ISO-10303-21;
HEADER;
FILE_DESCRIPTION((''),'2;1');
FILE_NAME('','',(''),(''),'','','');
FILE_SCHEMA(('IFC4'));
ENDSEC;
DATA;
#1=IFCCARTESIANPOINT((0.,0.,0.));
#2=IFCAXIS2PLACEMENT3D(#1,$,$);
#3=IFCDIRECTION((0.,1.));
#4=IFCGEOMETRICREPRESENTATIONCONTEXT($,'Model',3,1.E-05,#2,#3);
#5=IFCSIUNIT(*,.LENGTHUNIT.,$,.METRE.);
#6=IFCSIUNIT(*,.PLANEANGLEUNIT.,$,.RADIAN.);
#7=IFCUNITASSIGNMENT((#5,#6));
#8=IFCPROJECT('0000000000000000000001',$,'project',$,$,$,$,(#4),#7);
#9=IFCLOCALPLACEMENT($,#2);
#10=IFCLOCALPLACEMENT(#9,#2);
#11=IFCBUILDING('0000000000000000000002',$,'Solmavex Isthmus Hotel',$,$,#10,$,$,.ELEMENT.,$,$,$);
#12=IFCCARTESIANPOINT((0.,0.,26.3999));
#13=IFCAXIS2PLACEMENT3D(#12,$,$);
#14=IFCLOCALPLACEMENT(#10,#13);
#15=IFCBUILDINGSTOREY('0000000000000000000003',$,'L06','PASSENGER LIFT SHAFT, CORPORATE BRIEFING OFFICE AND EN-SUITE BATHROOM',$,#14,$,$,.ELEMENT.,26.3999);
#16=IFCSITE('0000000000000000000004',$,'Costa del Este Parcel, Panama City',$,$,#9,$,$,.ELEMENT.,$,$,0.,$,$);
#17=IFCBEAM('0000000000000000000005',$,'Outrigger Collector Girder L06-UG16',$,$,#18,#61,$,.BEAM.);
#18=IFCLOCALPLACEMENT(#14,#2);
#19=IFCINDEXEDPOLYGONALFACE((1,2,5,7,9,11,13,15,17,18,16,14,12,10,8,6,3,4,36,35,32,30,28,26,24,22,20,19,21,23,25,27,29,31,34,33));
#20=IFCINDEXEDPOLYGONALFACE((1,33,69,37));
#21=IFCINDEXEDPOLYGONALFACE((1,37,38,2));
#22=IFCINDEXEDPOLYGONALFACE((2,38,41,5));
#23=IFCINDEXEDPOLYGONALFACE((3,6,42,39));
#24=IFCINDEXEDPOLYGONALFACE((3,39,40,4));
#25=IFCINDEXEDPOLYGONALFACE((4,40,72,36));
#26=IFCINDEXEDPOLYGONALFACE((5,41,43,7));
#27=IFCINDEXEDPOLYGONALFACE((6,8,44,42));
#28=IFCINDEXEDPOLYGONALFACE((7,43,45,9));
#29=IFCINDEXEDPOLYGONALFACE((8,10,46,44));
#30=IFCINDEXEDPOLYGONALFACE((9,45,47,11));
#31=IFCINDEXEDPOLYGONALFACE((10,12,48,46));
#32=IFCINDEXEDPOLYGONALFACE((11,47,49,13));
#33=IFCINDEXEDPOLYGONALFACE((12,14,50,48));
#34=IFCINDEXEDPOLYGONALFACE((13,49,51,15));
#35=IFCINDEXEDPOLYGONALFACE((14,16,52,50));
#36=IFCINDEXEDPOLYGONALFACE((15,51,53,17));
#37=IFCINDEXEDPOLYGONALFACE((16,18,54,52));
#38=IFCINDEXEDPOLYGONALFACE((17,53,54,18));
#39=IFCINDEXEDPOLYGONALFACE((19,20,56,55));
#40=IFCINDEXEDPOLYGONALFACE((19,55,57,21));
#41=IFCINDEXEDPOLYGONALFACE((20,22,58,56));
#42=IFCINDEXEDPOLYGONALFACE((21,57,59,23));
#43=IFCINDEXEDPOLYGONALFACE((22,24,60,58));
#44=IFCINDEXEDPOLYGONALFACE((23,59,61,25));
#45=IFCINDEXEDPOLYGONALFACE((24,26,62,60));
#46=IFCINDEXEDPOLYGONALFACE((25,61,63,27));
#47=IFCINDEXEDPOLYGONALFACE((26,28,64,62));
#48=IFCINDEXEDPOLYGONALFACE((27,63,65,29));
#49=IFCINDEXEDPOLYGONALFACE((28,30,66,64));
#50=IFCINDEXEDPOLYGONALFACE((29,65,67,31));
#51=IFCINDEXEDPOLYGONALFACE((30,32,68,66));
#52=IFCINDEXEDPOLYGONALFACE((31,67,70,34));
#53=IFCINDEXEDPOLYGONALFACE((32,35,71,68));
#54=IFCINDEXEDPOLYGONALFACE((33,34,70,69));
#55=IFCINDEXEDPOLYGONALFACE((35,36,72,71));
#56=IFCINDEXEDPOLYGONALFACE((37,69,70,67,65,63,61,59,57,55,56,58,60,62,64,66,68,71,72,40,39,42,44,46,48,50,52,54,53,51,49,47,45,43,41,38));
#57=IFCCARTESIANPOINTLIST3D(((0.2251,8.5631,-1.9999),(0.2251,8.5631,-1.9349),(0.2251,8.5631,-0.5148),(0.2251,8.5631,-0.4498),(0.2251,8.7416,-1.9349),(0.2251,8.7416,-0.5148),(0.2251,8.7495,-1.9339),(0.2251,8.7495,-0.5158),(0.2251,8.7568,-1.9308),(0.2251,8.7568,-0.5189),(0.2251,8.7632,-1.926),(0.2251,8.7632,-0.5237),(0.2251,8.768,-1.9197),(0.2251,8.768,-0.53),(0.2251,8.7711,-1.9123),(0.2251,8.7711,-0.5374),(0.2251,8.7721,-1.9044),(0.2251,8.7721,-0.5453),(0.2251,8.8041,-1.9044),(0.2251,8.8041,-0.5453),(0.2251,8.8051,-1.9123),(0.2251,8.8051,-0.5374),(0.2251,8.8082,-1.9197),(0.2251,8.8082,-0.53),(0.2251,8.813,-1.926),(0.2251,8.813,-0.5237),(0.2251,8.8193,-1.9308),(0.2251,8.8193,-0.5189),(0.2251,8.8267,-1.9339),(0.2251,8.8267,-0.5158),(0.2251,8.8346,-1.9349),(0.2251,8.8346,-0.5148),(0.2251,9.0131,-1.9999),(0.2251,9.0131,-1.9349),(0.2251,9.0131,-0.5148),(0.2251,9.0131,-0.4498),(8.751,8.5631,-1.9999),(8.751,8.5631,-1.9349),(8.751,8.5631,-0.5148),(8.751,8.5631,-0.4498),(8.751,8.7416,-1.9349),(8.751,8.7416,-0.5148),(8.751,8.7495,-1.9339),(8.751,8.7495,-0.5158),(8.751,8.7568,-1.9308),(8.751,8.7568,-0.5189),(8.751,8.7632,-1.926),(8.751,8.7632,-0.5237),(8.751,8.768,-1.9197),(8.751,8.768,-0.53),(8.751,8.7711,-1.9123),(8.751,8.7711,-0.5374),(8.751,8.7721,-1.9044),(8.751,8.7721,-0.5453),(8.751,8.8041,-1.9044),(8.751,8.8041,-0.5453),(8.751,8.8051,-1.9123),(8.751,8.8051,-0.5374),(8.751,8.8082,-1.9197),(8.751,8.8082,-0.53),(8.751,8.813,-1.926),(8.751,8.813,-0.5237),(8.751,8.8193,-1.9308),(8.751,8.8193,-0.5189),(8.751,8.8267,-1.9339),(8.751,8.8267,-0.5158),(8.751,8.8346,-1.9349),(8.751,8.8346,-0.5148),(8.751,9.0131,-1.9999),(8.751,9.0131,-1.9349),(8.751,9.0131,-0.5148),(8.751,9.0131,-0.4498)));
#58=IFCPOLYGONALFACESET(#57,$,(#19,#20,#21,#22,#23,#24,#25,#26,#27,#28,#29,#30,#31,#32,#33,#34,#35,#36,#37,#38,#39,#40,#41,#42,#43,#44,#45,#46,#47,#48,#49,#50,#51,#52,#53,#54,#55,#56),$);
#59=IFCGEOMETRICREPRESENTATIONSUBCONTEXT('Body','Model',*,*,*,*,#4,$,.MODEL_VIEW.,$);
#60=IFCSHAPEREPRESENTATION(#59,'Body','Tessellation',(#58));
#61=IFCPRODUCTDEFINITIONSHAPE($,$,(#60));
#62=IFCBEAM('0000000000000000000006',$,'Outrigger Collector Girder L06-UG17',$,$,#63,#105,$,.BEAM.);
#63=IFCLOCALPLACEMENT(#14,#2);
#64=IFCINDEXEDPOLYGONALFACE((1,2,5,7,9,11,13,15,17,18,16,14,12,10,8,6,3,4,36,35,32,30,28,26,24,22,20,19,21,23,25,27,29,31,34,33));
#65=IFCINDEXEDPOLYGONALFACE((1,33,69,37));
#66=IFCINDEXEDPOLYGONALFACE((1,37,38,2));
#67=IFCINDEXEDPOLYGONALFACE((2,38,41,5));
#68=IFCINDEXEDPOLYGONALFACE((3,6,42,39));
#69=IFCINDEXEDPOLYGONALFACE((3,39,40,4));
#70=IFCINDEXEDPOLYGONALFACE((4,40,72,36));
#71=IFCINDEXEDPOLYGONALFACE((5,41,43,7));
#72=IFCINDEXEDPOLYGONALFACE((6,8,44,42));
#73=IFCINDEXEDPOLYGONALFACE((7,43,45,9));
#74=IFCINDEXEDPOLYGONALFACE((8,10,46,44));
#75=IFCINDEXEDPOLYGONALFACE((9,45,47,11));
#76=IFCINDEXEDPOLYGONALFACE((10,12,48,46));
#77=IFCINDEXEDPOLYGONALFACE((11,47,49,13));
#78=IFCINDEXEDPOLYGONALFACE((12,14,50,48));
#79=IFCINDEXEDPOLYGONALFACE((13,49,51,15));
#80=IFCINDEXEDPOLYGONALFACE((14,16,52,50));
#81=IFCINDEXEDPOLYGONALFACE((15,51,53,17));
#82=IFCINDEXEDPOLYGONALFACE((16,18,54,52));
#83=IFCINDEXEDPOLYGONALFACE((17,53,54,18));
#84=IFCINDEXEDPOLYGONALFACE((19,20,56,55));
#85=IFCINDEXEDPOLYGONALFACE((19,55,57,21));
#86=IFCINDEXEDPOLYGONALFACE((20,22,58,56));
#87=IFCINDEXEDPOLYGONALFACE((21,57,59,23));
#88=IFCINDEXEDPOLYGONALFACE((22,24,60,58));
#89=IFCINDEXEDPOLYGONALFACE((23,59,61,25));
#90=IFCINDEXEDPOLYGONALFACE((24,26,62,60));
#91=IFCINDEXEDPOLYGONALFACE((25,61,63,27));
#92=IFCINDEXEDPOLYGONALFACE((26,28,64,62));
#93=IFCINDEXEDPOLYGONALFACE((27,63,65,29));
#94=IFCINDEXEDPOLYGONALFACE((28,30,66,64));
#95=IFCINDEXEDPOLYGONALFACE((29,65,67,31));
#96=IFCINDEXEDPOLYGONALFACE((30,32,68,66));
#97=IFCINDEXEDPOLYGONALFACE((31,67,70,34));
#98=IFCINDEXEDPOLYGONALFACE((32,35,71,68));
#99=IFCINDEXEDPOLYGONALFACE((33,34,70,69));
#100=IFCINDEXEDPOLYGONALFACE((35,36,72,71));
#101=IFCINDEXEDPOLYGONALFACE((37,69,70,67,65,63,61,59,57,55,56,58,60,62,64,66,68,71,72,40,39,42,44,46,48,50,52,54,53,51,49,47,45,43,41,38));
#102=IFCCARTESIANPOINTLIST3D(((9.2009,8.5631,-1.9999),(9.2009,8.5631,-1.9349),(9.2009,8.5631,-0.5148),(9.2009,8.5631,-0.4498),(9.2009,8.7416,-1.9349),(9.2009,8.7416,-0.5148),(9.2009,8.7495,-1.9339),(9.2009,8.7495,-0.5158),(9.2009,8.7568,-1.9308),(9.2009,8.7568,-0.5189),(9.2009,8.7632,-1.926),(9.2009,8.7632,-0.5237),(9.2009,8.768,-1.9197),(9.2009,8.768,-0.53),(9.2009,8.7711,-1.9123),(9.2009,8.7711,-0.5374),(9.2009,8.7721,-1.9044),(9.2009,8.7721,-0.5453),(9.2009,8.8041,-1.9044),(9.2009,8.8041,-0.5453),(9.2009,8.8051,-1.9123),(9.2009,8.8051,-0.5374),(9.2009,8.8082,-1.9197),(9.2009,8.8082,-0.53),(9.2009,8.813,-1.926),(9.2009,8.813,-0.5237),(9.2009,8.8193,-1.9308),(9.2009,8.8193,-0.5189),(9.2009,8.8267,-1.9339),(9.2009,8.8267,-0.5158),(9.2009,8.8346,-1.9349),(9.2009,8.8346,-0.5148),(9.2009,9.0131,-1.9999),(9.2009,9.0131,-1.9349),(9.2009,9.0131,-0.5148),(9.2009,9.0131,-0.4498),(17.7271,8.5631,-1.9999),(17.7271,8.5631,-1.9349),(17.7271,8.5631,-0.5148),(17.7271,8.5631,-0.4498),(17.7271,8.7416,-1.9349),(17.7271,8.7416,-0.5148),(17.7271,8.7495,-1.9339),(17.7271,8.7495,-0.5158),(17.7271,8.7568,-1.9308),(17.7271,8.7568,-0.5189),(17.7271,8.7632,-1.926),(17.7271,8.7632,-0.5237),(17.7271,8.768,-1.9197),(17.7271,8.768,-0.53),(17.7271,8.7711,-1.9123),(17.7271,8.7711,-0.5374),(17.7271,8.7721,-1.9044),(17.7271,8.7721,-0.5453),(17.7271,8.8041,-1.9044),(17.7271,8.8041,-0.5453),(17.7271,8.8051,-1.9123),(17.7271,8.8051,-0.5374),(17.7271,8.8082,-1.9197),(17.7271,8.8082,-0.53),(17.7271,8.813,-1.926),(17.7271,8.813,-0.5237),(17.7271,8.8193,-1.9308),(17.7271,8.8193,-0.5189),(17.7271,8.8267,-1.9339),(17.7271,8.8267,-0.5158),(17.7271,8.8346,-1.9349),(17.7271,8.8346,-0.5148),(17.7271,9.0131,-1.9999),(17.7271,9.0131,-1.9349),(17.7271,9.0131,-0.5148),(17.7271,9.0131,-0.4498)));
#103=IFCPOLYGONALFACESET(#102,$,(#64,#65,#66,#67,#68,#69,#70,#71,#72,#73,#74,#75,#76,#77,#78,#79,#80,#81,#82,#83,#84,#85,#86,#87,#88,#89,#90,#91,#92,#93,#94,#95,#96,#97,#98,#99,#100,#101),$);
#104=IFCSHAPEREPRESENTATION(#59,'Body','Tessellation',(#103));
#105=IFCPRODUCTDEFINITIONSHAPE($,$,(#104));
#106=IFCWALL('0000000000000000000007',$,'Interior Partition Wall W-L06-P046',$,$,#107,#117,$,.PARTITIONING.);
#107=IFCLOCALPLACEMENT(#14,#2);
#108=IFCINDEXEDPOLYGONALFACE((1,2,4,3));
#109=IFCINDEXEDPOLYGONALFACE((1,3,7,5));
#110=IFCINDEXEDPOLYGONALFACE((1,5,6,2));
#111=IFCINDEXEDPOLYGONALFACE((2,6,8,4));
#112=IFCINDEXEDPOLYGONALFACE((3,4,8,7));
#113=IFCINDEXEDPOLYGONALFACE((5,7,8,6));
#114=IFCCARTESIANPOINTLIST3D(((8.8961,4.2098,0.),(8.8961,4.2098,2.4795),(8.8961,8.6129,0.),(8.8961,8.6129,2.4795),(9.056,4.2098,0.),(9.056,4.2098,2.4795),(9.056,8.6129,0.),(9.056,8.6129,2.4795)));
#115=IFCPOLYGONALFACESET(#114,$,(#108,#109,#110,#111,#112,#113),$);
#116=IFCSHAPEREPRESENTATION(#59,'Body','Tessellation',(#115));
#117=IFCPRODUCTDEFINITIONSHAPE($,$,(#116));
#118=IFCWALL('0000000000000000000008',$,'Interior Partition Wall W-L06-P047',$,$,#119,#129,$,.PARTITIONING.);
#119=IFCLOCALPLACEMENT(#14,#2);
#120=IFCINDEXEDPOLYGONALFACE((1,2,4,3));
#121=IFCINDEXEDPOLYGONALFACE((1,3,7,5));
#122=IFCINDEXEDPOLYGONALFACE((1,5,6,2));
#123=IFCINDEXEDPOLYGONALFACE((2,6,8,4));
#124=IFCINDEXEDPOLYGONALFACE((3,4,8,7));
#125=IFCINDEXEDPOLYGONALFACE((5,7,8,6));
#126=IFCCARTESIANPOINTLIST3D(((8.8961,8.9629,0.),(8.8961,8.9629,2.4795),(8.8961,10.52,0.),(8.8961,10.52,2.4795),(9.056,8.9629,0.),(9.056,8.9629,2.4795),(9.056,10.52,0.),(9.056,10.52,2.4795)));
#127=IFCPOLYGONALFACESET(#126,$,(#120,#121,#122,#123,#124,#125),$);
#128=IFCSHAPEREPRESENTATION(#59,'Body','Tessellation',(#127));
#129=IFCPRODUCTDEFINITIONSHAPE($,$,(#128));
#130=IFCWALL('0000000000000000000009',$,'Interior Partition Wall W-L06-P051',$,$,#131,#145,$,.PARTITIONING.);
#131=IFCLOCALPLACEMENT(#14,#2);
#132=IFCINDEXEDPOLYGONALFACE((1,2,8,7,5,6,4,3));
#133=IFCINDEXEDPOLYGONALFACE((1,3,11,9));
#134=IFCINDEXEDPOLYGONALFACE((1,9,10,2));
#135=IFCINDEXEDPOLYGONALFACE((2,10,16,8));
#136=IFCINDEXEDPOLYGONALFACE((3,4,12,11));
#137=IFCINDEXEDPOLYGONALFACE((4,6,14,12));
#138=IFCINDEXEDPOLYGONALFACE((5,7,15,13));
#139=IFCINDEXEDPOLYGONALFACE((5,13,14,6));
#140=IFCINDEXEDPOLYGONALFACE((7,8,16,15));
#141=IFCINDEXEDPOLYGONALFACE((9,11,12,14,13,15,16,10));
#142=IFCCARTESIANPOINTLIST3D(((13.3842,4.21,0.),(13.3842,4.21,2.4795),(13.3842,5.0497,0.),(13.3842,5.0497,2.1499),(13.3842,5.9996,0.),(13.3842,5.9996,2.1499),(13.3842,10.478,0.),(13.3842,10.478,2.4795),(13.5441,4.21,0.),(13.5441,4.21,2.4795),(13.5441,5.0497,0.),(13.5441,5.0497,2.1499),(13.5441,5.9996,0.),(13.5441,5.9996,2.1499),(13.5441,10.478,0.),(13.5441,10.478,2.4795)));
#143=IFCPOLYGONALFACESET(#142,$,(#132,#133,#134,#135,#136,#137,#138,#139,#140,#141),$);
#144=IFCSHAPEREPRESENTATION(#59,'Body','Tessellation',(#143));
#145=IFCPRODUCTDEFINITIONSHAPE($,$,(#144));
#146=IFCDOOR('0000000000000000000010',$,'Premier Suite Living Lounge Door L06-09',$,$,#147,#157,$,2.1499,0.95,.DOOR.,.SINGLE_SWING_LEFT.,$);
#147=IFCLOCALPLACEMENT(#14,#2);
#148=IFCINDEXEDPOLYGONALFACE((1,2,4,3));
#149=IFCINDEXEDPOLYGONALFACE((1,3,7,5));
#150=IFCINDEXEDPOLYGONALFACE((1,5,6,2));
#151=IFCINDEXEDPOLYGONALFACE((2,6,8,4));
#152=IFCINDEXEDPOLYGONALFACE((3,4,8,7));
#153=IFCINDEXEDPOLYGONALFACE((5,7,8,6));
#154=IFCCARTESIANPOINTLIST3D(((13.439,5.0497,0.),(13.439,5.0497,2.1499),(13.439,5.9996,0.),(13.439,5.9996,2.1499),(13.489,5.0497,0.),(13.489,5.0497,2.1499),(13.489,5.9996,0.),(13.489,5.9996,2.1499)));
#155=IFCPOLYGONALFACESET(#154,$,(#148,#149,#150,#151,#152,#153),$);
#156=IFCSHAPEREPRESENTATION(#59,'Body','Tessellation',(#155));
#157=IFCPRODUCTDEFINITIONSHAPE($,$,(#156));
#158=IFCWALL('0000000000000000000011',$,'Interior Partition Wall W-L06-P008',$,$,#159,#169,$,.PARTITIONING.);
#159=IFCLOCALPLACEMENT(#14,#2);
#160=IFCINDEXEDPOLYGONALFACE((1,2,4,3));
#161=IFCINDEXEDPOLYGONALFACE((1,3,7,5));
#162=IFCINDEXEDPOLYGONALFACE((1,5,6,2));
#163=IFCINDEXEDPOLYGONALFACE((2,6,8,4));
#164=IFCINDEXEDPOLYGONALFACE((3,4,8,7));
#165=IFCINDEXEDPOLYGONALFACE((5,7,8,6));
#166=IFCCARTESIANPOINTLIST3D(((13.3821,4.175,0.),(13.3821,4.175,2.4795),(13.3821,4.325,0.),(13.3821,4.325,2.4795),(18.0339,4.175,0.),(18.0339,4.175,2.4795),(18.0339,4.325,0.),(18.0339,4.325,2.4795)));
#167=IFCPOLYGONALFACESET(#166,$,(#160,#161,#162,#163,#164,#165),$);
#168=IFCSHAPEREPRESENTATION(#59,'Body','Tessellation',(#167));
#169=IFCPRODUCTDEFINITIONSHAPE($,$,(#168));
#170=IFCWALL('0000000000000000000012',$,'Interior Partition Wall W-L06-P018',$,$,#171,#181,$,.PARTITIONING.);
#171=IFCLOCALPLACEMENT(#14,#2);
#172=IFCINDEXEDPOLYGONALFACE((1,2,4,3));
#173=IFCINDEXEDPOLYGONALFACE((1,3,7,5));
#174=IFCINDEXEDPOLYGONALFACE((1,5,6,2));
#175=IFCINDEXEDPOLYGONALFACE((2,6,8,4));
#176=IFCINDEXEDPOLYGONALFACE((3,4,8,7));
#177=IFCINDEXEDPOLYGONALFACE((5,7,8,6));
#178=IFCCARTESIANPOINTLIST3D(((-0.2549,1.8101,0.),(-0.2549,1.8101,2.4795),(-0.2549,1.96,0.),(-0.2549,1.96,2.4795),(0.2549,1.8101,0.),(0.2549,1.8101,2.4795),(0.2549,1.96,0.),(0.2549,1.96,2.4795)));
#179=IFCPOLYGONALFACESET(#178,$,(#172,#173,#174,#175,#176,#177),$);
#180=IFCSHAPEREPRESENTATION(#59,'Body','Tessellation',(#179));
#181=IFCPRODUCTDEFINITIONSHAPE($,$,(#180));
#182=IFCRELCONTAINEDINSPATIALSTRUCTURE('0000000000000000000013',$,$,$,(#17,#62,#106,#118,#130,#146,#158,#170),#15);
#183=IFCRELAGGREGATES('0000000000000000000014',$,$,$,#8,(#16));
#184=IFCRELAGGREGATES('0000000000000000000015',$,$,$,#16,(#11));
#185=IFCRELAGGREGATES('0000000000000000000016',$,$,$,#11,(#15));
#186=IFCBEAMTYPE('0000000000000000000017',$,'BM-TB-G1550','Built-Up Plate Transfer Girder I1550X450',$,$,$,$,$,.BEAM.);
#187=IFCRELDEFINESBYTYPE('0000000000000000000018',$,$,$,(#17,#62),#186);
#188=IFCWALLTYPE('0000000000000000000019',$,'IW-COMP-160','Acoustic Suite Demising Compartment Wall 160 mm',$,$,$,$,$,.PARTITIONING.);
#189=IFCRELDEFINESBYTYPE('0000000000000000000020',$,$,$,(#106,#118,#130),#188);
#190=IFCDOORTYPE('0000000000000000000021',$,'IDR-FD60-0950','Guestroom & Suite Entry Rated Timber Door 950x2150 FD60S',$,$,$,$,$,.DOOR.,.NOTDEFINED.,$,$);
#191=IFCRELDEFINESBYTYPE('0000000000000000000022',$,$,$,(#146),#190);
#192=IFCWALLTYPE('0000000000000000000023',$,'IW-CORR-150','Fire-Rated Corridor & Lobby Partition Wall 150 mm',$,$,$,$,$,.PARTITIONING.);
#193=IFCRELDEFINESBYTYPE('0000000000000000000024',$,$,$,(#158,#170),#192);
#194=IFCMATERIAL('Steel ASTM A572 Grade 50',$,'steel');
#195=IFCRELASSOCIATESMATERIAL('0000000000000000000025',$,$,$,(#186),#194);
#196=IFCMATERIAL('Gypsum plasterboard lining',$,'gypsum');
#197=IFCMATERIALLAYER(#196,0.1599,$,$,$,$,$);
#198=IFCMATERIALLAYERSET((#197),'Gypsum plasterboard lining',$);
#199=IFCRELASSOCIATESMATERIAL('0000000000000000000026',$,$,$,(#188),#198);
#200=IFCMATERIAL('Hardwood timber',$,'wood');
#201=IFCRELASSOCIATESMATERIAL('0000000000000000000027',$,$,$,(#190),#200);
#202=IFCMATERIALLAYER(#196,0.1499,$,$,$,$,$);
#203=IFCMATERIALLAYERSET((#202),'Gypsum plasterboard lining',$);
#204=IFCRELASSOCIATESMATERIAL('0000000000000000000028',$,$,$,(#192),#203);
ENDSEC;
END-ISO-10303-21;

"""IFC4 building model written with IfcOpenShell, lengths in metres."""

from ifc_helpers import new_model, si_unit, direction, frame, frame_2d, origin, origin_2d, place, context, subcontext, project, spatial, rectangle, i_section, extrude, material, layer, layer_set, material_profile, profile_set, type_object, element, fill, save


model = new_model("IFC4")

# Units and contexts
model_context = context("Model", 3, precision=1e-05, world=origin(), true_north=direction((0.0, 1.0)))
body_context = subcontext(model_context, "Body", "Model", "MODEL_VIEW")
ifc_project = project(units=[si_unit("LENGTHUNIT", "METRE"), si_unit("PLANEANGLEUNIT", "RADIAN")], contexts=[model_context])

# Site, building, storey
site_placement = place(None, origin())
site = spatial("IfcSite", under=ifc_project, at=site_placement, Name="Costa del Este Parcel, Panama City", CompositionType="ELEMENT", RefElevation=0.0)
building_placement = place(site_placement, origin())
building = spatial("IfcBuilding", under=site, at=building_placement, Name="Solmavex Isthmus Hotel", CompositionType="ELEMENT")
storey_placement = place(building_placement, frame((0.0, 0.0, 26.3999)))
storey = spatial("IfcBuildingStorey", under=building, at=storey_placement, Name="L06", Description="PASSENGER LIFT SHAFT, CORPORATE BRIEFING OFFICE AND EN-SUITE BATHROOM", CompositionType="ELEMENT", Elevation=26.3999)

# Beams
ifc_material_1 = material(Name="Steel ASTM A572 Grade 50", Category="steel")
ifc_material_profile_1 = material_profile(ifc_material_1, i_section(OverallWidth=0.45, OverallDepth=1.55, WebThickness=0.032, FlangeThickness=0.0649, FilletRadius=0.0305, at=origin_2d()), Name="I1550X450")
ifc_profile_set_1 = profile_set([ifc_material_profile_1], Name="Steel ASTM A572 Grade 50")
beam_type_1 = type_object("IfcBeamType", Name="BM-TB-G1550", Description="Built-Up Plate Transfer Girder I1550X450", PredefinedType="BEAM", material=ifc_profile_set_1)
beam_1_placement = place(storey_placement, frame((0.2251, 8.7881, -1.2249), z_axis=(1.0, 0.0, 0.0), x_axis=(0.0, 1.0, 0.0)))
element("IfcBeam", 1, at=beam_1_placement, inside=storey, type_object=beam_type_1, Name="Outrigger Collector Girder L06-UG16", PredefinedType="BEAM", context=body_context, shape_type="SweptSolid", body=[
    extrude(i_section(OverallWidth=0.45, OverallDepth=1.55, WebThickness=0.032, FlangeThickness=0.0649, FilletRadius=0.0305, at=origin_2d()), origin(), (0.0, 0.0, 1.0), 8.5259),
])
beam_2_placement = place(storey_placement, frame((9.2009, 8.7881, -1.2249), z_axis=(1.0, 0.0, 0.0), x_axis=(0.0, 1.0, 0.0)))
element("IfcBeam", 2, at=beam_2_placement, inside=storey, type_object=beam_type_1, Name="Outrigger Collector Girder L06-UG17", PredefinedType="BEAM", context=body_context, shape_type="SweptSolid", body=[
    extrude(i_section(OverallWidth=0.45, OverallDepth=1.55, WebThickness=0.032, FlangeThickness=0.0649, FilletRadius=0.0305, at=origin_2d()), origin(), (0.0, 0.0, 1.0), 8.5261),
])

# Walls
ifc_material_2 = material(Name="Gypsum plasterboard lining", Category="gypsum")
ifc_layer_1 = layer(ifc_material_2, 0.1599)
ifc_layer_set_1 = layer_set([ifc_layer_1], Name="Gypsum plasterboard lining")
wall_type_1 = type_object("IfcWallType", Name="IW-COMP-160", Description="Acoustic Suite Demising Compartment Wall 160 mm", PredefinedType="PARTITIONING", material=ifc_layer_set_1)
wall_1_placement = place(storey_placement, frame((8.9761, 8.613, 0.0), z_axis=(0.0, 0.0, 1.0), x_axis=(0.0, -1.0, 0.0)))
element("IfcWall", 3, at=wall_1_placement, inside=storey, type_object=wall_type_1, Name="Interior Partition Wall W-L06-P046", PredefinedType="PARTITIONING", context=body_context, shape_type="SweptSolid", body=[
    extrude(rectangle(XDim=4.4031, YDim=0.1599, at=frame_2d((2.2017, 0.0))), origin(), (0.0, 0.0, 1.0), 2.4795),
])
wall_2_placement = place(storey_placement, frame((8.9761, 10.52, 0.0), z_axis=(0.0, 0.0, 1.0), x_axis=(0.0, -1.0, 0.0)))
element("IfcWall", 4, at=wall_2_placement, inside=storey, type_object=wall_type_1, Name="Interior Partition Wall W-L06-P047", PredefinedType="PARTITIONING", context=body_context, shape_type="SweptSolid", body=[
    extrude(rectangle(XDim=1.5571, YDim=0.1599, at=frame_2d((0.7786, 0.0))), origin(), (0.0, 0.0, 1.0), 2.4795),
])

# Wall, opening, door
ifc_material_3 = material(Name="Hardwood timber", Category="wood")
door_type = type_object("IfcDoorType", Name="IDR-FD60-0950", Description="Guestroom & Suite Entry Rated Timber Door 950x2150 FD60S", OperationType="NOTDEFINED", PredefinedType="DOOR", material=ifc_material_3)
wall_3_placement = place(storey_placement, frame((13.4641, 10.478, 0.0), z_axis=(0.0, 0.0, 1.0), x_axis=(0.0, -1.0, 0.0)))
wall_3 = element("IfcWall", 5, at=wall_3_placement, inside=storey, type_object=wall_type_1, Name="Interior Partition Wall W-L06-P051", PredefinedType="PARTITIONING", context=body_context, shape_type="SweptSolid", body=[
    extrude(rectangle(XDim=6.2681, YDim=0.1599, at=frame_2d((3.134, 0.0))), origin(), (0.0, 0.0, 1.0), 2.4795),
])
opening_1_placement = place(wall_3_placement, frame((4.4783, 0.0, 0.0)))
opening_1 = element("IfcOpeningElement", 6, at=opening_1_placement, cuts=wall_3, PredefinedType="OPENING", context=body_context, shape_type="SweptSolid", body=[
    extrude(rectangle(XDim=0.95, YDim=2.1499, at=frame_2d((0.4751, 1.075))), frame((0.0, 0.0898, 0.0), z_axis=(0.0, -1.0, 0.0), x_axis=(1.0, 0.0, 0.0)), (0.0, 0.0, 1.0), 0.1799),
])
door_1_placement = place(opening_1_placement, origin())
door_1 = element("IfcDoor", 7, at=door_1_placement, inside=storey, type_object=door_type, Name="Premier Suite Living Lounge Door L06-09", OperationType="SINGLE_SWING_LEFT", OverallHeight=2.1499, OverallWidth=0.95, PredefinedType="DOOR", context=body_context, shape_type="SweptSolid", body=[
    extrude(rectangle(XDim=0.95, YDim=2.1499, at=frame_2d((0.4751, 1.075))), frame((0.0, 0.0249, 0.0), z_axis=(0.0, -1.0, 0.0), x_axis=(1.0, 0.0, 0.0)), (0.0, 0.0, 1.0), 0.05),
])
fill(opening_1, door_1)
ifc_layer_2 = layer(ifc_material_2, 0.1499)
ifc_layer_set_2 = layer_set([ifc_layer_2], Name="Gypsum plasterboard lining")
wall_type_2 = type_object("IfcWallType", Name="IW-CORR-150", Description="Fire-Rated Corridor & Lobby Partition Wall 150 mm", PredefinedType="PARTITIONING", material=ifc_layer_set_2)

# Walls
wall_4_placement = place(storey_placement, frame((13.3821, 4.25, 0.0), z_axis=(0.0, 0.0, 1.0), x_axis=(1.0, 0.0, 0.0)))
element("IfcWall", 8, at=wall_4_placement, inside=storey, type_object=wall_type_2, Name="Interior Partition Wall W-L06-P008", PredefinedType="PARTITIONING", context=body_context, shape_type="SweptSolid", body=[
    extrude(rectangle(XDim=4.6519, YDim=0.1499, at=frame_2d((2.3259, 0.0))), origin(), (0.0, 0.0, 1.0), 2.4795),
])
wall_5_placement = place(storey_placement, frame((0.2549, 1.885, 0.0), z_axis=(0.0, 0.0, 1.0), x_axis=(-1.0, 0.0, 0.0)))
element("IfcWall", 9, at=wall_5_placement, inside=storey, type_object=wall_type_2, Name="Interior Partition Wall W-L06-P018", PredefinedType="PARTITIONING", context=body_context, shape_type="SweptSolid", body=[
    extrude(rectangle(XDim=0.5098, YDim=0.1499, at=frame_2d((0.2549, 0.0))), origin(), (0.0, 0.0, 1.0), 2.4795),
])

save(model, "model.ifc")
